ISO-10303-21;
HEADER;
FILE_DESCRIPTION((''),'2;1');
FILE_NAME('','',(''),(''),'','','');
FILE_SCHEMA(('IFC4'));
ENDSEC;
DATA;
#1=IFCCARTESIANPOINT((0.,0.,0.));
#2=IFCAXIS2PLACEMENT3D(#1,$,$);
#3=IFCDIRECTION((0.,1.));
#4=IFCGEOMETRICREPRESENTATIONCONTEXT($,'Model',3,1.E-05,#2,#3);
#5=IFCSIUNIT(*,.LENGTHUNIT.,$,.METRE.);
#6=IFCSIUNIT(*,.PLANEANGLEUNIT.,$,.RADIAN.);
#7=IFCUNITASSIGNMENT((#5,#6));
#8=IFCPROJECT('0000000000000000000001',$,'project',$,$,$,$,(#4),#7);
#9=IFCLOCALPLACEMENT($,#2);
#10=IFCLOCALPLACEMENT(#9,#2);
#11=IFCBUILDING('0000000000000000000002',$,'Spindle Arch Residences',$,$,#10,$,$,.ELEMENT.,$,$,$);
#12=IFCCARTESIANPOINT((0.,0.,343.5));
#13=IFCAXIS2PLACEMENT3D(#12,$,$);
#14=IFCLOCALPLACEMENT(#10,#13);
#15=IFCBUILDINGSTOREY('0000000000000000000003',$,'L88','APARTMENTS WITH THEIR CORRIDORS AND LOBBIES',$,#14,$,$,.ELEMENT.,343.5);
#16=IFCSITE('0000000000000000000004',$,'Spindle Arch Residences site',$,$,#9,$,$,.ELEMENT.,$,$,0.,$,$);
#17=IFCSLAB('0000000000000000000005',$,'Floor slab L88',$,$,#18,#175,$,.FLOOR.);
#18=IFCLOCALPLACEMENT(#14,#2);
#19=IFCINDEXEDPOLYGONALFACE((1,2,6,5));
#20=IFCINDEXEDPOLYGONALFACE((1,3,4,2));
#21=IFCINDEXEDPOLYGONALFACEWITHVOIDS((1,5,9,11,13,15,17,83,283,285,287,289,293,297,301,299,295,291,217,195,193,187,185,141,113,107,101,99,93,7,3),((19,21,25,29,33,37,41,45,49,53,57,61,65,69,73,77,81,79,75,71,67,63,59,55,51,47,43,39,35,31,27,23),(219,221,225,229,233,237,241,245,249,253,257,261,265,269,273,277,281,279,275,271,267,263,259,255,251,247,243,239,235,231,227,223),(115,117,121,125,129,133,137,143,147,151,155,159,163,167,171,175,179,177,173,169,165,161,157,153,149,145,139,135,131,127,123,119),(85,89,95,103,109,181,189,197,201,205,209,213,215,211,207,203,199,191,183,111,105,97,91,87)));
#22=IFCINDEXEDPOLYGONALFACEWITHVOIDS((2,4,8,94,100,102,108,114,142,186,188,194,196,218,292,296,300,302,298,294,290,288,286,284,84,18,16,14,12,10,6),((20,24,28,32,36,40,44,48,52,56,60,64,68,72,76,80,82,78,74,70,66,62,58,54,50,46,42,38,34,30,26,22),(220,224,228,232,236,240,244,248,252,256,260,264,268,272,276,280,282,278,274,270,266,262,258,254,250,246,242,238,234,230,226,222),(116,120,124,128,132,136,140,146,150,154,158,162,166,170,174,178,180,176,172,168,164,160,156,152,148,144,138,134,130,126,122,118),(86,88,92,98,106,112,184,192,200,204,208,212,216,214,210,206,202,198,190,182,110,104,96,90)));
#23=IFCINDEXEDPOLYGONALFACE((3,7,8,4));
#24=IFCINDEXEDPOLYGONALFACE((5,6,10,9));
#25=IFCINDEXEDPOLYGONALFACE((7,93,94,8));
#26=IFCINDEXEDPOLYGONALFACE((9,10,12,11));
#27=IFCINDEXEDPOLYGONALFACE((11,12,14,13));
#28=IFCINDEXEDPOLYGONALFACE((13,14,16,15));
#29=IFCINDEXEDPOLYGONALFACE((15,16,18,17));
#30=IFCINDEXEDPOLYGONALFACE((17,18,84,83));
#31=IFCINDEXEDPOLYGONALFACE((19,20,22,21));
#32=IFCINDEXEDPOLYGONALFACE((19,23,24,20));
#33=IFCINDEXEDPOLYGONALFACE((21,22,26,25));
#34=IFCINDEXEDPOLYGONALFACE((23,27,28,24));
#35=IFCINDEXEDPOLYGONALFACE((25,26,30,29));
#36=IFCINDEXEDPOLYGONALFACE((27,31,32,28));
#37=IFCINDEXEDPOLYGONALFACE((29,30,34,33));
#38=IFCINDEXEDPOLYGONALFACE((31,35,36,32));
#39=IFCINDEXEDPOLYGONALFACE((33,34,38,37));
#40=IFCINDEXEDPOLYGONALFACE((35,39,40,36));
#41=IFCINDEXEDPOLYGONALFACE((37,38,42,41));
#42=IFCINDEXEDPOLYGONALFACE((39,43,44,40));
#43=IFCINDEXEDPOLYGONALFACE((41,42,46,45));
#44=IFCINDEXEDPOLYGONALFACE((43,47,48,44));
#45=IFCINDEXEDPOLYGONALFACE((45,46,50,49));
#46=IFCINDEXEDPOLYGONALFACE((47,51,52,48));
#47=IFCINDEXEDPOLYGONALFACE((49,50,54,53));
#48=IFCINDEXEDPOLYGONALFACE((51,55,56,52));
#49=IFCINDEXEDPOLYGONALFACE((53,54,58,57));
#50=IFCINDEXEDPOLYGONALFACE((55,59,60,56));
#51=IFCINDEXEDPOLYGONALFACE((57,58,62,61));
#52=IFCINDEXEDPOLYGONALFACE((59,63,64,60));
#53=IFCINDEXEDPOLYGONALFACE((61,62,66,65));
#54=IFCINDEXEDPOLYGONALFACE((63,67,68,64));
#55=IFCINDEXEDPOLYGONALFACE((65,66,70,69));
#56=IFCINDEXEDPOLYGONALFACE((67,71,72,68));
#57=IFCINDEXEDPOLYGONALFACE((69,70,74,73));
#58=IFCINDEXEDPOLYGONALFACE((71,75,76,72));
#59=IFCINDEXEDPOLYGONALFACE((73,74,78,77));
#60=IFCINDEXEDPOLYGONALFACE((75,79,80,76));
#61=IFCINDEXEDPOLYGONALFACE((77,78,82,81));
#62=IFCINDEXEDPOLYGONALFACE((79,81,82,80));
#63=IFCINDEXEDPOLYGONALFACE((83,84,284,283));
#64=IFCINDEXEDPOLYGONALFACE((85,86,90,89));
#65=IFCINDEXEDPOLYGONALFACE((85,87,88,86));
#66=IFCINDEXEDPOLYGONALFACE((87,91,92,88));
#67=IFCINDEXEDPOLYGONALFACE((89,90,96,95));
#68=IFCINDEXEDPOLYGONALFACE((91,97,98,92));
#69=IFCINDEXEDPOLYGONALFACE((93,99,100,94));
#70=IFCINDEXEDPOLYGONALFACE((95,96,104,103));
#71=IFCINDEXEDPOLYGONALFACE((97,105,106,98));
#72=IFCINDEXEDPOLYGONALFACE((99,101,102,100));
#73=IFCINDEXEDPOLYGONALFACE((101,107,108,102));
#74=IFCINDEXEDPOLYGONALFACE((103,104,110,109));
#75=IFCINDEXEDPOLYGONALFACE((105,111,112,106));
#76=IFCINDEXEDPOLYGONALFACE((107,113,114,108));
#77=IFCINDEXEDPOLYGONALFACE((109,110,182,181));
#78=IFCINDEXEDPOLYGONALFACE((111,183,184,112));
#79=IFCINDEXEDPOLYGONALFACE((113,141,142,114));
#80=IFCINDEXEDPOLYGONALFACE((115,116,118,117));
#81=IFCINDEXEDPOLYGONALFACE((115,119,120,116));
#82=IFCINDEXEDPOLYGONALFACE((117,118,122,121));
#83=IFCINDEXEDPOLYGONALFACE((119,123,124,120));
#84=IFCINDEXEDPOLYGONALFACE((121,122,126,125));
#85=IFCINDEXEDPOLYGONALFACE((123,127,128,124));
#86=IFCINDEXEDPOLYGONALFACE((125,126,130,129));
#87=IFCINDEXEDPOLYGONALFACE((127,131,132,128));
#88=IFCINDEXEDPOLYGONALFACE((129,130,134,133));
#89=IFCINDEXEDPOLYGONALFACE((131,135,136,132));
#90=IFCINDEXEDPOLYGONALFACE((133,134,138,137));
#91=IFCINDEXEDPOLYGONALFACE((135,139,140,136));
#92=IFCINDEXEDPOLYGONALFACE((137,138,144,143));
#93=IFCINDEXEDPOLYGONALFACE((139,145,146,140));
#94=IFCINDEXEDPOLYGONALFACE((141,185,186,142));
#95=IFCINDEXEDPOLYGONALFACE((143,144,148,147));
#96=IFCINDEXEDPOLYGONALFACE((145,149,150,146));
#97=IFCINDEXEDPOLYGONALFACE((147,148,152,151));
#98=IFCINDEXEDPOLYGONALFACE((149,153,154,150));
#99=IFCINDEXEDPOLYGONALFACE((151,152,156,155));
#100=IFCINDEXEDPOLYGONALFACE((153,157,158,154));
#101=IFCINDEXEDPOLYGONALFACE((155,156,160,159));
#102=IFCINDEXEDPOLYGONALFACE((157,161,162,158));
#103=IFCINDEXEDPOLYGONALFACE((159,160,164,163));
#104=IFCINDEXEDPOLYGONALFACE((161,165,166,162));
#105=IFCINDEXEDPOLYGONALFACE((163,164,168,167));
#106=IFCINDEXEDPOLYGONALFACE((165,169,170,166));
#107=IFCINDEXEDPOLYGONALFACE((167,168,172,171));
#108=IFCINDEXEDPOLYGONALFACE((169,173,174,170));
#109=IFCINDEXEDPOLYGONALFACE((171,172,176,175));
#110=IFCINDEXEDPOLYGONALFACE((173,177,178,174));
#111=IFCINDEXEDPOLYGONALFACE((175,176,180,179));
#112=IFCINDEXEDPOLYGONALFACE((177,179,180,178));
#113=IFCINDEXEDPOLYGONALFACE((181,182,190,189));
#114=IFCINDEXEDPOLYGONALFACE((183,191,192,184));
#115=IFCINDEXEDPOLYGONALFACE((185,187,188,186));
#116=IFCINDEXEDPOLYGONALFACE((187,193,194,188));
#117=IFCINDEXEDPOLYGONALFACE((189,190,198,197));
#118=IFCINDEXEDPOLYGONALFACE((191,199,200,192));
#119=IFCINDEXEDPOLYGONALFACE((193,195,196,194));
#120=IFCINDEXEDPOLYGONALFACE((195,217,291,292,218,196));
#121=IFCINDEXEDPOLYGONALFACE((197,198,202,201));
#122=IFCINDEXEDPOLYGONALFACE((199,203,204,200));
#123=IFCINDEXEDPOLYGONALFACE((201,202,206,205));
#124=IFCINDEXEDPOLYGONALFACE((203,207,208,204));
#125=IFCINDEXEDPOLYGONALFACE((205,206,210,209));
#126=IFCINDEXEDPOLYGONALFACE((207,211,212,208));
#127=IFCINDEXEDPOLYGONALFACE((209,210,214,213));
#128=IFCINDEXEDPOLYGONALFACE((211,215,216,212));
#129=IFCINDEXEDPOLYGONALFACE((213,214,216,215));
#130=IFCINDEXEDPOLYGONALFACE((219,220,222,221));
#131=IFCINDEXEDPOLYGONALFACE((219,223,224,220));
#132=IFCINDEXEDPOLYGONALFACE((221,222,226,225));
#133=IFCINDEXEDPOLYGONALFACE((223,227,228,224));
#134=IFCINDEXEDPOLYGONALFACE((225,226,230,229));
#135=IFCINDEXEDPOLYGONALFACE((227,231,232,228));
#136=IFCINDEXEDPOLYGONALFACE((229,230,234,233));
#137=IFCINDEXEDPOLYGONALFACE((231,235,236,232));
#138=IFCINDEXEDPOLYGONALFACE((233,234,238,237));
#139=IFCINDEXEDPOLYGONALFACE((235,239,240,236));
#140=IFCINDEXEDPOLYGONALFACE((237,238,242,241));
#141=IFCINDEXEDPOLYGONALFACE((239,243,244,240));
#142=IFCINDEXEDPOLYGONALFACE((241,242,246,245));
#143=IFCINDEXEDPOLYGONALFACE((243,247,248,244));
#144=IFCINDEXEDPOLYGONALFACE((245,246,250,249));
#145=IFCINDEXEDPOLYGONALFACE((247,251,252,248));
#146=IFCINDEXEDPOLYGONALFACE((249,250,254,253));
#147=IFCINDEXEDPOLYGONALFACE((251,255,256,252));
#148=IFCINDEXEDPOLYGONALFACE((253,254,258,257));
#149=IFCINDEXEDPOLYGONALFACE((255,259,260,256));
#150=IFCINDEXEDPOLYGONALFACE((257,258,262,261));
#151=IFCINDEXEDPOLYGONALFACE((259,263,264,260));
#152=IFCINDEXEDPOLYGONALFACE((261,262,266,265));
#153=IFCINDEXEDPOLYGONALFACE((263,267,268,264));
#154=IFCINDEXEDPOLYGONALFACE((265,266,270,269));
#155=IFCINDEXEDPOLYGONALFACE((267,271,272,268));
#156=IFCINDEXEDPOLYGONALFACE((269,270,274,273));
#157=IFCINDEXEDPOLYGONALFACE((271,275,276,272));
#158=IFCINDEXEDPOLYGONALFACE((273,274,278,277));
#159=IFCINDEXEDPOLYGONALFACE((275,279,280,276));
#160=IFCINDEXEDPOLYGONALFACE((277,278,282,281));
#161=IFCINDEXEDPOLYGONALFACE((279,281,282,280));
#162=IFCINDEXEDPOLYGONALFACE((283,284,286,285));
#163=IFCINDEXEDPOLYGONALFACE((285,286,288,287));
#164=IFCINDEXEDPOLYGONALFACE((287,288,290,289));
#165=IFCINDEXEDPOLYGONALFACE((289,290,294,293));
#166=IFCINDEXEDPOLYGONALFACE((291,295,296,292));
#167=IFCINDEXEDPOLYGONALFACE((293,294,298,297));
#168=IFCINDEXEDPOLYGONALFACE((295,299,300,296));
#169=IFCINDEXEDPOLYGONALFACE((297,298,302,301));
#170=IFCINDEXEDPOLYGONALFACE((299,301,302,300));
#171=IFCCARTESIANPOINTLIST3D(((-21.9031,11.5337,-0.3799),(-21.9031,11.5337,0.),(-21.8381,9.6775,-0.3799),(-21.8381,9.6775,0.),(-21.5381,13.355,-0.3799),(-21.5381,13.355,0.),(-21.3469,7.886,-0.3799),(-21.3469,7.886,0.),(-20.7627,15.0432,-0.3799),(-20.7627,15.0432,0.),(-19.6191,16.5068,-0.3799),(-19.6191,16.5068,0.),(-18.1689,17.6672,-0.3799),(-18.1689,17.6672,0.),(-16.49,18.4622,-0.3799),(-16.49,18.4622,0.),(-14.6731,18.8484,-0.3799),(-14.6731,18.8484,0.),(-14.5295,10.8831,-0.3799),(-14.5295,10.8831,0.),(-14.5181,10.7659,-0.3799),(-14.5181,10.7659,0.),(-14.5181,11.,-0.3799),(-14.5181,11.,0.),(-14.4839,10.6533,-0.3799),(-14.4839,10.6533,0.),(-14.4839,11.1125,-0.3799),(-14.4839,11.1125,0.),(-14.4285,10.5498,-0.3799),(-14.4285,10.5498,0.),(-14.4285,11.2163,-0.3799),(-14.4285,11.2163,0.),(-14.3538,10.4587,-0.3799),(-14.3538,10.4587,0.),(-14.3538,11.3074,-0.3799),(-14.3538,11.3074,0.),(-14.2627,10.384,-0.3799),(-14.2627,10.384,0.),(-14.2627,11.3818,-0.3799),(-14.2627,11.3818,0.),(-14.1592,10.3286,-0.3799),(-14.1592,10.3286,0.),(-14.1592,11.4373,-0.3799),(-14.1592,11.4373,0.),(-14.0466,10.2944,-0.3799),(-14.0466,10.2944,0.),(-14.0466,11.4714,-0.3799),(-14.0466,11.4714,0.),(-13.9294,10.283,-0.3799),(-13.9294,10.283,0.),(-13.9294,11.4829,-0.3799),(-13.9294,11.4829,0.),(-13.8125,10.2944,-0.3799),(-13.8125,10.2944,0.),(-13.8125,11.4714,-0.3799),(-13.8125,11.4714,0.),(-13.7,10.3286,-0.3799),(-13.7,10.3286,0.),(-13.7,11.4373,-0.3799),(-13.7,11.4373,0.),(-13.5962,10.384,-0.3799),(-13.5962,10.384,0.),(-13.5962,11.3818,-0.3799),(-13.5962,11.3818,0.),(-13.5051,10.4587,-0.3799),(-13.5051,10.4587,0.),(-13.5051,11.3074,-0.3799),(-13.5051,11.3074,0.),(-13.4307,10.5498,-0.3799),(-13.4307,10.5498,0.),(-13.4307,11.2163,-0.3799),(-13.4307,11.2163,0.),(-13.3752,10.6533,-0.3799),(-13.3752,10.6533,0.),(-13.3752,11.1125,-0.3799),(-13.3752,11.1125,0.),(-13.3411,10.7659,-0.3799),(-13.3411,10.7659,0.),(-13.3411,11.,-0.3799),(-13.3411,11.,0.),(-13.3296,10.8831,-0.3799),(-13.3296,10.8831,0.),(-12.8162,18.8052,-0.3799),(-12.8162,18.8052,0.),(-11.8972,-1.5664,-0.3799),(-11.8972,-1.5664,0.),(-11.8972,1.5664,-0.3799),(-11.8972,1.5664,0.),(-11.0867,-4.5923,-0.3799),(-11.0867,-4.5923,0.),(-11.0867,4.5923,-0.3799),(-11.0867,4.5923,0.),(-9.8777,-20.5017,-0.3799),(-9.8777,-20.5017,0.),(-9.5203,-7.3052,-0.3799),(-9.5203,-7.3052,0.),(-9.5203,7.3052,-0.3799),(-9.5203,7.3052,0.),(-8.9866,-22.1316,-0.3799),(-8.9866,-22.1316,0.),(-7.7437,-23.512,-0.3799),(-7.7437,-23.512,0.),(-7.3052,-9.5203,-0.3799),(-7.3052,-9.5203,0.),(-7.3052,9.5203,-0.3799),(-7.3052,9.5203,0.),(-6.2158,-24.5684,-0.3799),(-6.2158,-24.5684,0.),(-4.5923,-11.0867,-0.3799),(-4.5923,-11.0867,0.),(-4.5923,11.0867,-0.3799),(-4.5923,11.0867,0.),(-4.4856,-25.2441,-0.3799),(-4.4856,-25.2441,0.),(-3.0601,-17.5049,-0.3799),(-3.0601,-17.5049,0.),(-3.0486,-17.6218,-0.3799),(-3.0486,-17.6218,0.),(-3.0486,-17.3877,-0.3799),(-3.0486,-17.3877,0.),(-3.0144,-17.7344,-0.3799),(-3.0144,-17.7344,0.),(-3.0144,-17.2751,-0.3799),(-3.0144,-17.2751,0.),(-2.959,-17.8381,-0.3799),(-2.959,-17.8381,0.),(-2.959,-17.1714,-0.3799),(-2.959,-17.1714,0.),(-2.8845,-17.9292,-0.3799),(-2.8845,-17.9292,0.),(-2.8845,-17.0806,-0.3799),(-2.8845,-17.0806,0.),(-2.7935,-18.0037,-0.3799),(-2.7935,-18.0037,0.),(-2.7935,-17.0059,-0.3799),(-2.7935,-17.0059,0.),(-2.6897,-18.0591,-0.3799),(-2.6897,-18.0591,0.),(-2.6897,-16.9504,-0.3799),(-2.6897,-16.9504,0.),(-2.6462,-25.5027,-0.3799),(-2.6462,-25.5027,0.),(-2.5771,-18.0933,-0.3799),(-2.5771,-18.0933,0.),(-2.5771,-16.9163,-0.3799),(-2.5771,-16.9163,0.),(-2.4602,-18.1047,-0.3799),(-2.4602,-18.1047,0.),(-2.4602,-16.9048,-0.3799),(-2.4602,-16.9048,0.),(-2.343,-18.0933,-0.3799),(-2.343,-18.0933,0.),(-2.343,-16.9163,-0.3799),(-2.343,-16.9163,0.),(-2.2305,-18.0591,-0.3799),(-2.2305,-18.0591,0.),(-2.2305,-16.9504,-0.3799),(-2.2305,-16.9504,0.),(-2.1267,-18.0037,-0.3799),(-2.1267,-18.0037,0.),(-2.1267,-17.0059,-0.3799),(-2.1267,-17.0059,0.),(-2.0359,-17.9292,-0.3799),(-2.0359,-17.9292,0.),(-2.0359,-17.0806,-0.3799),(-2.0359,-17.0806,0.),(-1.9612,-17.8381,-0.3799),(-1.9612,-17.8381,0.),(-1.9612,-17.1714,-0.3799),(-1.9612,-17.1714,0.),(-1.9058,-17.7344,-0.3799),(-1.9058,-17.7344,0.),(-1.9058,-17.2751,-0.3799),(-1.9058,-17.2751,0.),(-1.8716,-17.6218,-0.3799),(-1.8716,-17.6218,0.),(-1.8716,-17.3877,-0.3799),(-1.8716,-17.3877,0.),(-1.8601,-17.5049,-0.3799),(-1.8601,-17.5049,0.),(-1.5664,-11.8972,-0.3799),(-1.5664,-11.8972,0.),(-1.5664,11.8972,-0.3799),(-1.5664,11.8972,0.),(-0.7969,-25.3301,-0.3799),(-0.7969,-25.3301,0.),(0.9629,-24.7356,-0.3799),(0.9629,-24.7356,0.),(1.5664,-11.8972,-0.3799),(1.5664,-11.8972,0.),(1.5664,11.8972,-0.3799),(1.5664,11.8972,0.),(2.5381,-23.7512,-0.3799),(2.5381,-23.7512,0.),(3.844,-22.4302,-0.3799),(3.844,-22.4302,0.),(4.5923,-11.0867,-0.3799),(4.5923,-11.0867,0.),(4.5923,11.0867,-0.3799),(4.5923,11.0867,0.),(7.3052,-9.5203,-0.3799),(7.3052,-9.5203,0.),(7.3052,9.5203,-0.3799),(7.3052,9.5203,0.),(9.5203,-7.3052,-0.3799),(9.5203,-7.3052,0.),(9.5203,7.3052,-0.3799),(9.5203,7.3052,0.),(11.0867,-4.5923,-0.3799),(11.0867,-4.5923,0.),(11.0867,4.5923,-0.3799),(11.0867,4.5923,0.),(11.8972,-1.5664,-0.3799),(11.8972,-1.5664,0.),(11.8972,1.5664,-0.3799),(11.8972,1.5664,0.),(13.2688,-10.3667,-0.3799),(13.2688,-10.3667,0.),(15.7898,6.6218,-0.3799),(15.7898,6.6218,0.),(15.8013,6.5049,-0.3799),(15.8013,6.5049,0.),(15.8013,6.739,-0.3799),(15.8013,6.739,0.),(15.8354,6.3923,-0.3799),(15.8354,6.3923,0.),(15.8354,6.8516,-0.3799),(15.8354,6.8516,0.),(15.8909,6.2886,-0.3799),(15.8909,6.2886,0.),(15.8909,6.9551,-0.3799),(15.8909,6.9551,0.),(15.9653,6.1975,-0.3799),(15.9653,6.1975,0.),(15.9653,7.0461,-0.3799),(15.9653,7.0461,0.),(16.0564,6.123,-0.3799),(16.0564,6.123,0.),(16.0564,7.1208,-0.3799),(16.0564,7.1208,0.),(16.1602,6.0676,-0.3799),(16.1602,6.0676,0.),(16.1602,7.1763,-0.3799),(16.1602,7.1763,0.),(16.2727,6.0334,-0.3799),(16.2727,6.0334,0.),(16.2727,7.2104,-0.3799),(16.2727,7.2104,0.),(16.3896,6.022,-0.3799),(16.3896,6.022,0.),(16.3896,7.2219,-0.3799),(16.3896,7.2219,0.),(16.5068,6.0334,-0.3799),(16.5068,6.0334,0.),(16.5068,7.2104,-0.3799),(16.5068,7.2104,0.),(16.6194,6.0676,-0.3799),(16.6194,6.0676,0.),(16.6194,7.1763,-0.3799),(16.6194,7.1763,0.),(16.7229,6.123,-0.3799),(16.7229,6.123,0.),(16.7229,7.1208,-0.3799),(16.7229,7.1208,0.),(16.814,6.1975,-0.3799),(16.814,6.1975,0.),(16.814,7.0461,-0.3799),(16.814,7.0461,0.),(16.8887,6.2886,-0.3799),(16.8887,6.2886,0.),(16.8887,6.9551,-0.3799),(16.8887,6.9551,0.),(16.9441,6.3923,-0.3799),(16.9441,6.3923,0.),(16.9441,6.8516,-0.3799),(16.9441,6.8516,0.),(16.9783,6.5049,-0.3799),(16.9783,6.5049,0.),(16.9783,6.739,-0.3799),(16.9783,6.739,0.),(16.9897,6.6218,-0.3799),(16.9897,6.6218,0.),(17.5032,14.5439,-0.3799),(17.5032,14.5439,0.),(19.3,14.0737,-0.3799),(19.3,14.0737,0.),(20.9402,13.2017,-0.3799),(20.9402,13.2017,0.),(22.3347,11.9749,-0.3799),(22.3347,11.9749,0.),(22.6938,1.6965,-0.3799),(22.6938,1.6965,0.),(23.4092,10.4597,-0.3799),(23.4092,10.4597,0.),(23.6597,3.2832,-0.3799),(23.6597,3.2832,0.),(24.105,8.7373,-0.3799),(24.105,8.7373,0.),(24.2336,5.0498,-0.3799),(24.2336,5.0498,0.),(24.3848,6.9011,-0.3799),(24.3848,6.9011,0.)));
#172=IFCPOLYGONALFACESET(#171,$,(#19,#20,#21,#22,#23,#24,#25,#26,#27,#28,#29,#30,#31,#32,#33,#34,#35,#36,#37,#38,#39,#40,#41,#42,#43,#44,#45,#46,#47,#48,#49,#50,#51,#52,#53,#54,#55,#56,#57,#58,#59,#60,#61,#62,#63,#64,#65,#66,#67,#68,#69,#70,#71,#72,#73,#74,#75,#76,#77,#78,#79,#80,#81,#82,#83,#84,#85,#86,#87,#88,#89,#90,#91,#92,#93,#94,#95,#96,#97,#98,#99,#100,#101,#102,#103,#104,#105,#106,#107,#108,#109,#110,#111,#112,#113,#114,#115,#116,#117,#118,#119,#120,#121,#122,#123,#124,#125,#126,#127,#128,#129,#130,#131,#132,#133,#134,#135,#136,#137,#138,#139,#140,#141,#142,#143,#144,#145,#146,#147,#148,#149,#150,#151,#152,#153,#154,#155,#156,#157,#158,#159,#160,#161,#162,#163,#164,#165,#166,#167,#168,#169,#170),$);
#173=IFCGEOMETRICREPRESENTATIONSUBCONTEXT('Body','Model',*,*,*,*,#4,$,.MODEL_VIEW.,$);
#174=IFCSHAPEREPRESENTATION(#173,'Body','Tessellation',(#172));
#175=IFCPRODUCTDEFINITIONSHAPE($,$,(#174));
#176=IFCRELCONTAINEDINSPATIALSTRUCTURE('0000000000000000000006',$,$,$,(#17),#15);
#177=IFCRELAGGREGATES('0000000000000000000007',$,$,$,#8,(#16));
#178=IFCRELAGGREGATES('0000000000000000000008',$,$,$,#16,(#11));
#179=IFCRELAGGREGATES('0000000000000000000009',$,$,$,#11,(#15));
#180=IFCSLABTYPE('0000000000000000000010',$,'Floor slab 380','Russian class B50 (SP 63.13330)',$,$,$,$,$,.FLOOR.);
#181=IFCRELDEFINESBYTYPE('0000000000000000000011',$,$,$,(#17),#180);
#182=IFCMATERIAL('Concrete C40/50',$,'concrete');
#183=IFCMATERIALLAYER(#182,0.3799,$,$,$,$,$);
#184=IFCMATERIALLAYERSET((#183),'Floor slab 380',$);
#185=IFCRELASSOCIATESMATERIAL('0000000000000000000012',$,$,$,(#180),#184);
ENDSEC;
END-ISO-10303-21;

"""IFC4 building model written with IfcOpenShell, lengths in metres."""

from ifc_helpers import new_model, si_unit, direction, frame, origin, place, context, subcontext, project, spatial, polyline, outline, extrude, material, layer, layer_set, type_object, element, save


model = new_model("IFC4")

# Units and contexts
model_context = context("Model", 3, precision=1e-05, world=origin(), true_north=direction((0.0, 1.0)))
body_context = subcontext(model_context, "Body", "Model", "MODEL_VIEW")
ifc_project = project(units=[si_unit("LENGTHUNIT", "METRE"), si_unit("PLANEANGLEUNIT", "RADIAN")], contexts=[model_context])

# Site, building, storey
site_placement = place(None, origin())
site = spatial("IfcSite", under=ifc_project, at=site_placement, Name="Spindle Arch Residences site", CompositionType="ELEMENT", RefElevation=0.0)
building_placement = place(site_placement, origin())
building = spatial("IfcBuilding", under=site, at=building_placement, Name="Spindle Arch Residences", CompositionType="ELEMENT")
storey_placement = place(building_placement, frame((0.0, 0.0, 343.5)))
storey = spatial("IfcBuildingStorey", under=building, at=storey_placement, Name="L88", Description="APARTMENTS WITH THEIR CORRIDORS AND LOBBIES", CompositionType="ELEMENT", Elevation=343.5)

# Slab
ifc_material_1 = material(Name="Concrete C40/50", Category="concrete")
ifc_layer_1 = layer(ifc_material_1, 0.3799)
ifc_layer_set_1 = layer_set([ifc_layer_1], Name="Floor slab 380")
slab_type_1 = type_object("IfcSlabType", Name="Floor slab 380", Description="Russian class B50 (SP 63.13330)", PredefinedType="FLOOR", material=ifc_layer_set_1)
slab_1_placement = place(storey_placement, frame((0.0, 0.0, -0.3799)))
element("IfcSlab", 1, at=slab_1_placement, inside=storey, type_object=slab_type_1, Name="Floor slab L88", PredefinedType="FLOOR", context=body_context, shape_type="SweptSolid", body=[
    extrude(outline(polyline([(2.5381, -23.7512), (0.9629, -24.7356), (-0.7969, -25.3301), (-2.6462, -25.5027), (-4.4856, -25.2441), (-6.2158, -24.5684), (-7.7437, -23.512), (-8.9866, -22.1316), (-9.8777, -20.5017), (-21.3469, 7.886), (-21.8381, 9.6775), (-21.9031, 11.5337), (-21.5381, 13.355), (-20.7627, 15.0432), (-19.6191, 16.5068), (-18.1689, 17.6672), (-16.49, 18.4622), (-14.6731, 18.8484), (-12.8162, 18.8052), (17.5032, 14.5439), (19.3, 14.0737), (20.9402, 13.2017), (22.3347, 11.9749), (23.4092, 10.4597), (24.105, 8.7373), (24.3848, 6.9011), (24.2336, 5.0498), (23.6597, 3.2832), (22.6938, 1.6965), (13.2688, -10.3667), (3.844, -22.4302), (2.5381, -23.7512)]), holes=[polyline([(7.3052, -9.5203), (9.5203, -7.3052), (11.0867, -4.5923), (11.8972, -1.5664), (11.8972, 1.5664), (11.0867, 4.5923), (9.5203, 7.3052), (7.3052, 9.5203), (4.5923, 11.0867), (1.5664, 11.8972), (-1.5664, 11.8972), (-4.5923, 11.0867), (-7.3052, 9.5203), (-9.5203, 7.3052), (-11.0867, 4.5923), (-11.8972, 1.5664), (-11.8972, -1.5664), (-11.0867, -4.5923), (-9.5203, -7.3052), (-7.3052, -9.5203), (-4.5923, -11.0867), (-1.5664, -11.8972), (1.5664, -11.8972), (4.5923, -11.0867), (7.3052, -9.5203)]), polyline([(-1.9612, -17.8381), (-1.9058, -17.7344), (-1.8716, -17.6218), (-1.8601, -17.5049), (-1.8716, -17.3877), (-1.9058, -17.2751), (-1.9612, -17.1714), (-2.0359, -17.0806), (-2.1267, -17.0059), (-2.2305, -16.9504), (-2.343, -16.9163), (-2.4602, -16.9048), (-2.5771, -16.9163), (-2.6897, -16.9504), (-2.7935, -17.0059), (-2.8845, -17.0806), (-2.959, -17.1714), (-3.0144, -17.2751), (-3.0486, -17.3877), (-3.0601, -17.5049), (-3.0486, -17.6218), (-3.0144, -17.7344), (-2.959, -17.8381), (-2.8845, -17.9292), (-2.7935, -18.0037), (-2.6897, -18.0591), (-2.5771, -18.0933), (-2.4602, -18.1047), (-2.343, -18.0933), (-2.2305, -18.0591), (-2.1267, -18.0037), (-2.0359, -17.9292), (-1.9612, -17.8381)]), polyline([(-13.5051, 10.4587), (-13.4307, 10.5498), (-13.3752, 10.6533), (-13.3411, 10.7659), (-13.3296, 10.8831), (-13.3411, 11.0), (-13.3752, 11.1125), (-13.4307, 11.2163), (-13.5051, 11.3074), (-13.5962, 11.3818), (-13.7, 11.4373), (-13.8125, 11.4714), (-13.9294, 11.4829), (-14.0466, 11.4714), (-14.1592, 11.4373), (-14.2627, 11.3818), (-14.3538, 11.3074), (-14.4285, 11.2163), (-14.4839, 11.1125), (-14.5181, 11.0), (-14.5295, 10.8831), (-14.5181, 10.7659), (-14.4839, 10.6533), (-14.4285, 10.5498), (-14.3538, 10.4587), (-14.2627, 10.384), (-14.1592, 10.3286), (-14.0466, 10.2944), (-13.9294, 10.283), (-13.8125, 10.2944), (-13.7, 10.3286), (-13.5962, 10.384), (-13.5051, 10.4587)]), polyline([(16.814, 6.1975), (16.8887, 6.2886), (16.9441, 6.3923), (16.9783, 6.5049), (16.9897, 6.6218), (16.9783, 6.739), (16.9441, 6.8516), (16.8887, 6.9551), (16.814, 7.0461), (16.7229, 7.1208), (16.6194, 7.1763), (16.5068, 7.2104), (16.3896, 7.2219), (16.2727, 7.2104), (16.1602, 7.1763), (16.0564, 7.1208), (15.9653, 7.0461), (15.8909, 6.9551), (15.8354, 6.8516), (15.8013, 6.739), (15.7898, 6.6218), (15.8013, 6.5049), (15.8354, 6.3923), (15.8909, 6.2886), (15.9653, 6.1975), (16.0564, 6.123), (16.1602, 6.0676), (16.2727, 6.0334), (16.3896, 6.022), (16.5068, 6.0334), (16.6194, 6.0676), (16.7229, 6.123), (16.814, 6.1975)])]), origin(), (0.0, 0.0, 1.0), 0.3799),
])

save(model, "model.ifc")
